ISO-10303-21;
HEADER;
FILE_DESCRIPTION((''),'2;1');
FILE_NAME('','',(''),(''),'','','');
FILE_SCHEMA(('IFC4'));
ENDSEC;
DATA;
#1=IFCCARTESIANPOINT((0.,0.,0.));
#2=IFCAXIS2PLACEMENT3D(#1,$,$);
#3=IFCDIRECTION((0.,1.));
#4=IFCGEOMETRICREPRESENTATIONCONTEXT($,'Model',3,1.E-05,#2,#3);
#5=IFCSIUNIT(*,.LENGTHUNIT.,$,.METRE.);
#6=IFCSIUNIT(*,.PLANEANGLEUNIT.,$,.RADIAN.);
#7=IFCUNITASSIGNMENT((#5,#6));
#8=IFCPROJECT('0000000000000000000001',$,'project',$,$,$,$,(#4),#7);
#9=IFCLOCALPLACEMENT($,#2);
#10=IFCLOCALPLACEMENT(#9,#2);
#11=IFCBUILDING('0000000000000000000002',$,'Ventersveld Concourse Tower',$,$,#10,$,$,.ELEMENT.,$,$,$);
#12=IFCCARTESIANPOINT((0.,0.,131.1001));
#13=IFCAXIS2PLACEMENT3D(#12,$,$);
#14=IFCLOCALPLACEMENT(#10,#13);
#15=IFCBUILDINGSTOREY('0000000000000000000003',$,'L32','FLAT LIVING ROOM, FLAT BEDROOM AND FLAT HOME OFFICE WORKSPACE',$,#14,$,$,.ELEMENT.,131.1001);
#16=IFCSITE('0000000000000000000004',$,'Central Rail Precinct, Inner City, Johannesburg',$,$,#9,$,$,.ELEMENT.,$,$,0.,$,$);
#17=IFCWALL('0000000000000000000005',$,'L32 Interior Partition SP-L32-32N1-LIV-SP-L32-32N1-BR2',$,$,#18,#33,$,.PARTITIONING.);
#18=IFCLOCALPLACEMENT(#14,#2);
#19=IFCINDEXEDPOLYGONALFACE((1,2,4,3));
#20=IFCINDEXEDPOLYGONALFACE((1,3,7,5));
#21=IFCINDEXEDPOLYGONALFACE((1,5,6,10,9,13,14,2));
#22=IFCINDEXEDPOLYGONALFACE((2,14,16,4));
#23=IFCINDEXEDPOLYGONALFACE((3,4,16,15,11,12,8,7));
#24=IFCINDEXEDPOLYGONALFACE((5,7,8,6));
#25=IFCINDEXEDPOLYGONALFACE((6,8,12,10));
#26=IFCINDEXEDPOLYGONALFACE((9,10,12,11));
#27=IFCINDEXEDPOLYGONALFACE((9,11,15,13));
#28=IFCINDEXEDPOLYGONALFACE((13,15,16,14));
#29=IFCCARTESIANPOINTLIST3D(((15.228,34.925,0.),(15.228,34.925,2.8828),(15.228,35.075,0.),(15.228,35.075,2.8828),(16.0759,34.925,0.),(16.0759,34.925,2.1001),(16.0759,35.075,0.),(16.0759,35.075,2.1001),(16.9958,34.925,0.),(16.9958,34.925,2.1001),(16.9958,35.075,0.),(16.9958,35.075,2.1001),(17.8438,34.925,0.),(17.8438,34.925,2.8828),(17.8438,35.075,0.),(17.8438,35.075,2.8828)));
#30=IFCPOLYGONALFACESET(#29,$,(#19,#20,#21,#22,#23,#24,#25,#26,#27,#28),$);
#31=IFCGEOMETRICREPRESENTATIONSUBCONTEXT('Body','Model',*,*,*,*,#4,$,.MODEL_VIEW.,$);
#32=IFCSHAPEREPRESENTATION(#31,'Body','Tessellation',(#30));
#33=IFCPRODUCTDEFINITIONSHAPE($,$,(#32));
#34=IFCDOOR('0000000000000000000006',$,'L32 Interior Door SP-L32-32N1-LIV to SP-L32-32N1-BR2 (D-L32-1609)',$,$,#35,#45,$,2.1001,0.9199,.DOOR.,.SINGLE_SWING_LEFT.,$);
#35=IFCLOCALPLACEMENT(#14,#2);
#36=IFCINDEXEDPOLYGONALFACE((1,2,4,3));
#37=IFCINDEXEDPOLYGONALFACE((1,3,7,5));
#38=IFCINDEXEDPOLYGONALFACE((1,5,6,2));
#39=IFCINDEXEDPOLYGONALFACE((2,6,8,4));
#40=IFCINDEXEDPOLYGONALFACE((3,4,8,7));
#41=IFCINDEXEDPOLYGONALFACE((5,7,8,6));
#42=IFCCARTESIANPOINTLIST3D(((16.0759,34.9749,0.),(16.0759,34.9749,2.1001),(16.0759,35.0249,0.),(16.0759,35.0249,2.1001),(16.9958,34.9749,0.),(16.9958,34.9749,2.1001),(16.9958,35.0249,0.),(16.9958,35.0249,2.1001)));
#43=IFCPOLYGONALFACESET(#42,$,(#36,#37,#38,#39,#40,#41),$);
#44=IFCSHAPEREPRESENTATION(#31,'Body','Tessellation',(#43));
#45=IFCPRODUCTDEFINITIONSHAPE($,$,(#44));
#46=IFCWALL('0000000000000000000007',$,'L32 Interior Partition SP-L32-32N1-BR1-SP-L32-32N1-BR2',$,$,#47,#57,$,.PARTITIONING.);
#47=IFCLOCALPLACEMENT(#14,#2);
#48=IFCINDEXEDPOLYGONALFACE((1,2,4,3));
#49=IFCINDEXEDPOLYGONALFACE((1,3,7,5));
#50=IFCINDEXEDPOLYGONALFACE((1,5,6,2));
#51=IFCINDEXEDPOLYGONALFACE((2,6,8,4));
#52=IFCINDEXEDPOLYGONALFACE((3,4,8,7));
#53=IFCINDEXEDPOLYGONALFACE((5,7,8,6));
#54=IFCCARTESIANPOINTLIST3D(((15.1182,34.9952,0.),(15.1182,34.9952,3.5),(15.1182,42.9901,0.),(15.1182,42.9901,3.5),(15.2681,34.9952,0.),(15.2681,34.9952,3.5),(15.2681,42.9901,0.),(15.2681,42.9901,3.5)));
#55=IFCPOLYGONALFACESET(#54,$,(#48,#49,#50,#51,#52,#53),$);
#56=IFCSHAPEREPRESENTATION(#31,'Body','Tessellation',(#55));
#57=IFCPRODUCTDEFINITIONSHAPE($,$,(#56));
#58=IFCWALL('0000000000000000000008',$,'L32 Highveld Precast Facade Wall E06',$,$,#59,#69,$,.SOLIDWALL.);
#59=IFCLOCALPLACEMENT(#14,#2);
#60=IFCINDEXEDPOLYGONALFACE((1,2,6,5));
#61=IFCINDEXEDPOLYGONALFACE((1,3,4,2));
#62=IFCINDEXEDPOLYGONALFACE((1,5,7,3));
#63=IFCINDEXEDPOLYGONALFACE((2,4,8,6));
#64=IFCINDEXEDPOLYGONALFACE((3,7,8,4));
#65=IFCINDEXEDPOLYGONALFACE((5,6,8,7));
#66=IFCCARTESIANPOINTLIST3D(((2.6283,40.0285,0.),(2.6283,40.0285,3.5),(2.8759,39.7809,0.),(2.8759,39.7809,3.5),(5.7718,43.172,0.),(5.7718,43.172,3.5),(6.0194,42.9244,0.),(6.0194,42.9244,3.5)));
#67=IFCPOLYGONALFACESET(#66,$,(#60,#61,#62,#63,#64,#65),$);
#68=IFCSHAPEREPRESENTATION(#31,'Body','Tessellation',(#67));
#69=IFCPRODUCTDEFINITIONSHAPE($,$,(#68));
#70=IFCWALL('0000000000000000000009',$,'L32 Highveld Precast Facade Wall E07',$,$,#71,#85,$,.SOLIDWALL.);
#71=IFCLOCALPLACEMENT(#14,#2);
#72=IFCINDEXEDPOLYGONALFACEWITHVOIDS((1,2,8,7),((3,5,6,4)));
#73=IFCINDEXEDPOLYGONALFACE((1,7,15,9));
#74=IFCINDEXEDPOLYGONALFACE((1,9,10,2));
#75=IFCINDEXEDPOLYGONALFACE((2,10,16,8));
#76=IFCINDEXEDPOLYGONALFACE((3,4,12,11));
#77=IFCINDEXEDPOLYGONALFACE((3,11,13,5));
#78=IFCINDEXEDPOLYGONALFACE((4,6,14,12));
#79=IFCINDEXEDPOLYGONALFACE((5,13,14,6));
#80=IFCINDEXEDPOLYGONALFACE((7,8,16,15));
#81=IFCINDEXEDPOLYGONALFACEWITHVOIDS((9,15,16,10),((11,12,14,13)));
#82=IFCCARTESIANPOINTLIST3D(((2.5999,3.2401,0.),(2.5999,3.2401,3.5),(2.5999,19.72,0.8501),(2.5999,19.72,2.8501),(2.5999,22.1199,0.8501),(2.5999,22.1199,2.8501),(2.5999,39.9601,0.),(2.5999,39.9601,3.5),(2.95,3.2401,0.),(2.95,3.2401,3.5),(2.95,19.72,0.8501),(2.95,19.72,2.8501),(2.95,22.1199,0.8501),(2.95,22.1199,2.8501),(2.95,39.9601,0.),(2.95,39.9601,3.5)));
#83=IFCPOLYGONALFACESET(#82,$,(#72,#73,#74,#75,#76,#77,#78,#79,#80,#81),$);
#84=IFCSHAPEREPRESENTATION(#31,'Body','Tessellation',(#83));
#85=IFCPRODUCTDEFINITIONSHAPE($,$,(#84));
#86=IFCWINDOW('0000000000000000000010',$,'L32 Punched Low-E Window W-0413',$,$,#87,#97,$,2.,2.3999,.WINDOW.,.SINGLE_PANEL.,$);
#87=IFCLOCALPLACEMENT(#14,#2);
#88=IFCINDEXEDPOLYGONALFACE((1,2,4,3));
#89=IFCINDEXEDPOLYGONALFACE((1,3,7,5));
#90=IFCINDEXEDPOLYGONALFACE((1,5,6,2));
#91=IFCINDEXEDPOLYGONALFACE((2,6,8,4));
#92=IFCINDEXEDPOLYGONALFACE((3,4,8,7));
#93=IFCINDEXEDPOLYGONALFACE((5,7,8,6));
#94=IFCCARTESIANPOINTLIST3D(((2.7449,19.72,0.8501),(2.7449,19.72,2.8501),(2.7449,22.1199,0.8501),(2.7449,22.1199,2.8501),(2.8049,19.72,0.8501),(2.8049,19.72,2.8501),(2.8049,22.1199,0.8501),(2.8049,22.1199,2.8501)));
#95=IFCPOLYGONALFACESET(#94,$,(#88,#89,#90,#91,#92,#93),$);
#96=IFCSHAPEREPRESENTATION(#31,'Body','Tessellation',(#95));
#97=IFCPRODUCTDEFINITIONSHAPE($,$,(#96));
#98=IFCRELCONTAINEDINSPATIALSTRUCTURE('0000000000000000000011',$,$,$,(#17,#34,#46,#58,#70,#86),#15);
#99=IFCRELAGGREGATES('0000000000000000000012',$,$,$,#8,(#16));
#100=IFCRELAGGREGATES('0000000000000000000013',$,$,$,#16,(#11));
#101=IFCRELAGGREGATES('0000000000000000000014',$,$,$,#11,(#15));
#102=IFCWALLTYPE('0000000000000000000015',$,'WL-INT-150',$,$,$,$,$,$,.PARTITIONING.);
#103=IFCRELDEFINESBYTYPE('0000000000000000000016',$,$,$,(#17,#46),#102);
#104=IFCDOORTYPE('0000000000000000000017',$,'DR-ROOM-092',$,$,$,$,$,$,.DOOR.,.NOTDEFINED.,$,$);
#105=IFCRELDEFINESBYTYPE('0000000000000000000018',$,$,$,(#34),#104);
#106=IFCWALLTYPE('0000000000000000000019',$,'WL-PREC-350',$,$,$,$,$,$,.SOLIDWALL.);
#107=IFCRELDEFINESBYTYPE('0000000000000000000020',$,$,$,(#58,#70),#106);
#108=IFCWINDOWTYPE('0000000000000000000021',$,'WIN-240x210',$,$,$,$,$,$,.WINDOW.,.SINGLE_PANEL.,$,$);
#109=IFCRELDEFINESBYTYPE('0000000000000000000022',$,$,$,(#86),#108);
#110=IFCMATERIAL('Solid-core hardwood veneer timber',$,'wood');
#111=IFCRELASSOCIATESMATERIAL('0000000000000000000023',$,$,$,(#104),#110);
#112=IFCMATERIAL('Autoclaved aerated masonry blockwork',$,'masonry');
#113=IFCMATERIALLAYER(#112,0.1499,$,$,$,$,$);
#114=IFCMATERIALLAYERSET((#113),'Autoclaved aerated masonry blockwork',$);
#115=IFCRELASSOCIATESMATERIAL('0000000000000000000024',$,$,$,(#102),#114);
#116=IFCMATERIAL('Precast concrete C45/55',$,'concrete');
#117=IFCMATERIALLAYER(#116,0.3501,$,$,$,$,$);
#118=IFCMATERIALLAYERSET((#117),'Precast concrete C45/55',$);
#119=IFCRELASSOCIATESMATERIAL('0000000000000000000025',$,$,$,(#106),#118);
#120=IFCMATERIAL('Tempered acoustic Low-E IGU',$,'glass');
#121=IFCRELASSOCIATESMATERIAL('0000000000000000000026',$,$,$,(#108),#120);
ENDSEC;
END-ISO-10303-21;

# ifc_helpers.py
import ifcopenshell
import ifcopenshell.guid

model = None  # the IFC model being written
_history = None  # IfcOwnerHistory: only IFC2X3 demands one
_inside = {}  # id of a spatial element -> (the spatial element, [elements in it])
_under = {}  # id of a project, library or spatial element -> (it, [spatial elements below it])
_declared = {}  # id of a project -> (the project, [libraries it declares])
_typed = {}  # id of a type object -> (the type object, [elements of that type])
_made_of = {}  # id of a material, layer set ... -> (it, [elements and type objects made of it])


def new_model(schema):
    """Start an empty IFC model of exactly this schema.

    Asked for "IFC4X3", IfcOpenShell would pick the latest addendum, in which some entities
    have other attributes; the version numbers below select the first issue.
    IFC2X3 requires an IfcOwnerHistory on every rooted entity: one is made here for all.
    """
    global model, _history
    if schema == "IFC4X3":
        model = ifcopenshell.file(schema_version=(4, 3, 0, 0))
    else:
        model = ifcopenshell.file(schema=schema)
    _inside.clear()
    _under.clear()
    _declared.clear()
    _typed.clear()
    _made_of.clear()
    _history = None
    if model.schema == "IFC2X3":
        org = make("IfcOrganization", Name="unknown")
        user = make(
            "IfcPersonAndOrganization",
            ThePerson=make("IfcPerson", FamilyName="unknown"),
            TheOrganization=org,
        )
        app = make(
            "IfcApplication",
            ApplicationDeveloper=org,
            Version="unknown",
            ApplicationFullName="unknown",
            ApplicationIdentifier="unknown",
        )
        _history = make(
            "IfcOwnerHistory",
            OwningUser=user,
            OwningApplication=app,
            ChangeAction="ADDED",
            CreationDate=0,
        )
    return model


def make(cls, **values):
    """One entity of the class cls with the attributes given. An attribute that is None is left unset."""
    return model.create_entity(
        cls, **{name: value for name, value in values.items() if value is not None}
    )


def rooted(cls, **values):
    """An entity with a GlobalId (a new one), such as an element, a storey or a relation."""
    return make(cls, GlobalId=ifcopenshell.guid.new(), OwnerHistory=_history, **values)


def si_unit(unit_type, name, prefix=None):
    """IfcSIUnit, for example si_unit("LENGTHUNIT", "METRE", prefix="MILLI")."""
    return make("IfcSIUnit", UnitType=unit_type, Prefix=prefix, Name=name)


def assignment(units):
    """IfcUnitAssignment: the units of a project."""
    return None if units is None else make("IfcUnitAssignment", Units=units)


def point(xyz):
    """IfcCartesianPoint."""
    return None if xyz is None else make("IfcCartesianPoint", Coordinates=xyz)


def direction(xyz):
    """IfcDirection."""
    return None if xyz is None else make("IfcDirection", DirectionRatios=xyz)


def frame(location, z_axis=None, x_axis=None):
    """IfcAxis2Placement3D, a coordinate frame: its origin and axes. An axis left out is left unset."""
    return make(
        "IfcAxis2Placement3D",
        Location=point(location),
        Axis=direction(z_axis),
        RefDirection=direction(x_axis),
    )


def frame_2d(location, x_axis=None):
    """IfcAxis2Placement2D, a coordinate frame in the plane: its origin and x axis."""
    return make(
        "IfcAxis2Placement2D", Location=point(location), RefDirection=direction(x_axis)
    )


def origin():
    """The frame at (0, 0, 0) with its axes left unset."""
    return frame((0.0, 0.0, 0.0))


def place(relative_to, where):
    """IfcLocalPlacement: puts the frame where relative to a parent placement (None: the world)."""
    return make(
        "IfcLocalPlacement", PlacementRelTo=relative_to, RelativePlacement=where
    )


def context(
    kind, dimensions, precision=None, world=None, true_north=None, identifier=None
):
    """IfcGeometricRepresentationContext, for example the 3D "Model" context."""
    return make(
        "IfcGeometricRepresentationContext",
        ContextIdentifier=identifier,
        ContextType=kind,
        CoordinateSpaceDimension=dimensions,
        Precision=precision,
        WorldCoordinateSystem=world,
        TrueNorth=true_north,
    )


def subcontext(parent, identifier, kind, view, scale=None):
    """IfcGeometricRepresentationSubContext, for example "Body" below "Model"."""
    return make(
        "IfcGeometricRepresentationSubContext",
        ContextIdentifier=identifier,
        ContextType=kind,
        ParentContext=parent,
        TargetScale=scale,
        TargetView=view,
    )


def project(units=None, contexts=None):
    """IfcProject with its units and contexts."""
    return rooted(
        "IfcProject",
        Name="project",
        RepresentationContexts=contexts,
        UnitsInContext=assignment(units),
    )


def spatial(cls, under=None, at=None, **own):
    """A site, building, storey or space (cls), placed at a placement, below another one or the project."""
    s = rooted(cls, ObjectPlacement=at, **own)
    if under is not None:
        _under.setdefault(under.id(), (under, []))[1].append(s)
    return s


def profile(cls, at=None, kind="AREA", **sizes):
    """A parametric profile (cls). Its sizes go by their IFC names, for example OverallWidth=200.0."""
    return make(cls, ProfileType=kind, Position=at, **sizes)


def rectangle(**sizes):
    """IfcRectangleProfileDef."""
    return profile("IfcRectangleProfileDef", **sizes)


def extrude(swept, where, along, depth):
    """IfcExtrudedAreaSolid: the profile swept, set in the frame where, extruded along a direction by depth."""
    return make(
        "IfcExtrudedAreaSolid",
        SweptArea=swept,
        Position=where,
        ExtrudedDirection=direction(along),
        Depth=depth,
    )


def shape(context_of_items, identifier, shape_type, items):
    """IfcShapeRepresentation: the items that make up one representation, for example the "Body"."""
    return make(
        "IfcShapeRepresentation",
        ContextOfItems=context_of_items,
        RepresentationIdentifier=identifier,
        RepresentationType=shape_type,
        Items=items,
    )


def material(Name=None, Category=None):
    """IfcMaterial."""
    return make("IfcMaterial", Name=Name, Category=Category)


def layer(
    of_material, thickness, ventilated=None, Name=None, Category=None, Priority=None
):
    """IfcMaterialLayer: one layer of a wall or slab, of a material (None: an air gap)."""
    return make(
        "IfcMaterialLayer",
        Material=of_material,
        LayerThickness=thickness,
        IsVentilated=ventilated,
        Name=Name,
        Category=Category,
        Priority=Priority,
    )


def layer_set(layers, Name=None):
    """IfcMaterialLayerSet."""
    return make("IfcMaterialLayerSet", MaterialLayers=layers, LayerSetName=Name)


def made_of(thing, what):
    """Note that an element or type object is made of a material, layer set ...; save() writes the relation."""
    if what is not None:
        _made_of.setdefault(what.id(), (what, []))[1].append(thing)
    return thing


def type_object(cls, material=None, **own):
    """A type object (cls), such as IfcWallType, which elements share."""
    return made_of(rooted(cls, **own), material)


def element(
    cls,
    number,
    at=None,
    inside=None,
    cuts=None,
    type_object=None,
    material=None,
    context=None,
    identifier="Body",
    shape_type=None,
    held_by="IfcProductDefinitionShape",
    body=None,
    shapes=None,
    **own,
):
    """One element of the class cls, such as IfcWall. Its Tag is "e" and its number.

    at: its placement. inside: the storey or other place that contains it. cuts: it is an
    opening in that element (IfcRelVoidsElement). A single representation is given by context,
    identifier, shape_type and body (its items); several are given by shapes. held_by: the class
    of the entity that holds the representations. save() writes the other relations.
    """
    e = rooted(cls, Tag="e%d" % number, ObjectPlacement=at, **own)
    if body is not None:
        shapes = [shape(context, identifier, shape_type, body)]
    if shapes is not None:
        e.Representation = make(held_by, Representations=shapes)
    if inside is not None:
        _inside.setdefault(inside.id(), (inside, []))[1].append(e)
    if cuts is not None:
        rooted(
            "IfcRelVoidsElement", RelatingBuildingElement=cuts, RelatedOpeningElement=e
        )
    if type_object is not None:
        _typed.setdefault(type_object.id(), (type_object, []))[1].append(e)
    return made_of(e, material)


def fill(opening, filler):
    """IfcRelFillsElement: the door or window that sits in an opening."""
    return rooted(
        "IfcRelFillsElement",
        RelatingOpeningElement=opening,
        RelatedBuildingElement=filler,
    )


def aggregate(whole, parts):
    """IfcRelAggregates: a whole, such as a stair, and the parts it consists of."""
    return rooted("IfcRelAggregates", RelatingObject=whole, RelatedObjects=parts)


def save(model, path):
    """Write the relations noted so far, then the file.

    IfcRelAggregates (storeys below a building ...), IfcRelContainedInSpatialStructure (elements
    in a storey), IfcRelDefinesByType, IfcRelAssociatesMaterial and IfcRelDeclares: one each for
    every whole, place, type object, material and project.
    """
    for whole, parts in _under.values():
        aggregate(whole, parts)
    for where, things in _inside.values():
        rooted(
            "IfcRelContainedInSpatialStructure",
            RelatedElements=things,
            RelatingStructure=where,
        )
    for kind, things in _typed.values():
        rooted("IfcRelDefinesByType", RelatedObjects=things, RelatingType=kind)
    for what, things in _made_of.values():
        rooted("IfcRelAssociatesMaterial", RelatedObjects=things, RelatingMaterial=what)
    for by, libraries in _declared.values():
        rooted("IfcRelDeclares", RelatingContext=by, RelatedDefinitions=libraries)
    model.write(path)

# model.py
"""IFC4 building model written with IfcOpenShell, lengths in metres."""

from ifc_helpers import new_model, si_unit, direction, frame, frame_2d, origin, place, context, subcontext, project, spatial, rectangle, extrude, material, layer, layer_set, type_object, element, fill, save


model = new_model("IFC4")

# Units and contexts
model_context = context("Model", 3, precision=1e-05, world=origin(), true_north=direction((0.0, 1.0)))
body_context = subcontext(model_context, "Body", "Model", "MODEL_VIEW")
ifc_project = project(units=[si_unit("LENGTHUNIT", "METRE"), si_unit("PLANEANGLEUNIT", "RADIAN")], contexts=[model_context])

# Site, building, storey
site_placement = place(None, origin())
site = spatial("IfcSite", under=ifc_project, at=site_placement, Name="Central Rail Precinct, Inner City, Johannesburg", CompositionType="ELEMENT", RefElevation=0.0)
building_placement = place(site_placement, origin())
building = spatial("IfcBuilding", under=site, at=building_placement, Name="Ventersveld Concourse Tower", CompositionType="ELEMENT")
storey_placement = place(building_placement, frame((0.0, 0.0, 131.1001)))
storey = spatial("IfcBuildingStorey", under=building, at=storey_placement, Name="L32", Description="FLAT LIVING ROOM, FLAT BEDROOM AND FLAT HOME OFFICE WORKSPACE", CompositionType="ELEMENT", Elevation=131.1001)

# Shared definitions
ifc_material_1 = material(Name="Solid-core hardwood veneer timber", Category="wood")
door_type = type_object("IfcDoorType", Name="DR-ROOM-092", OperationType="NOTDEFINED", PredefinedType="DOOR", material=ifc_material_1)

# Shared definitions
ifc_material_2 = material(Name="Autoclaved aerated masonry blockwork", Category="masonry")
ifc_layer_1 = layer(ifc_material_2, 0.1499)
ifc_layer_set_1 = layer_set([ifc_layer_1], Name="Autoclaved aerated masonry blockwork")
wall_type_1 = type_object("IfcWallType", Name="WL-INT-150", PredefinedType="PARTITIONING", material=ifc_layer_set_1)

# Wall, opening, door
wall_1_placement = place(storey_placement, frame((15.228, 35.0, 0.0), z_axis=(0.0, 0.0, 1.0), x_axis=(1.0, 0.0, 0.0)))
wall_1 = element("IfcWall", 1, at=wall_1_placement, inside=storey, type_object=wall_type_1, Name="L32 Interior Partition SP-L32-32N1-LIV-SP-L32-32N1-BR2", PredefinedType="PARTITIONING", context=body_context, shape_type="SweptSolid", body=[
    extrude(rectangle(XDim=2.6157, YDim=0.1499, at=frame_2d((1.3079, 0.0))), origin(), (0.0, 0.0, 1.0), 2.8828),
])
opening_1_placement = place(wall_1_placement, frame((0.8479, 0.0, 0.0)))
opening_1 = element("IfcOpeningElement", 2, at=opening_1_placement, cuts=wall_1, PredefinedType="OPENING", context=body_context, shape_type="SweptSolid", body=[
    extrude(rectangle(XDim=0.9199, YDim=2.1001, at=frame_2d((0.46, 1.05))), frame((0.0, 0.085, 0.0), z_axis=(0.0, -1.0, 0.0), x_axis=(1.0, 0.0, 0.0)), (0.0, 0.0, 1.0), 0.1699),
])
door_1_placement = place(opening_1_placement, origin())
door_1 = element("IfcDoor", 3, at=door_1_placement, inside=storey, type_object=door_type, Name="L32 Interior Door SP-L32-32N1-LIV to SP-L32-32N1-BR2 (D-L32-1609)", OperationType="SINGLE_SWING_LEFT", OverallHeight=2.1001, OverallWidth=0.9199, PredefinedType="DOOR", context=body_context, shape_type="SweptSolid", body=[
    extrude(rectangle(XDim=0.9199, YDim=2.1001, at=frame_2d((0.46, 1.05))), frame((0.0, 0.0249, 0.0), z_axis=(0.0, -1.0, 0.0), x_axis=(1.0, 0.0, 0.0)), (0.0, 0.0, 1.0), 0.05),
])
fill(opening_1, door_1)

# Walls
wall_2_placement = place(storey_placement, frame((15.1931, 34.9951, 0.0), z_axis=(0.0, 0.0, 1.0), x_axis=(0.0, 1.0, 0.0)))
element("IfcWall", 4, at=wall_2_placement, inside=storey, type_object=wall_type_1, Name="L32 Interior Partition SP-L32-32N1-BR1-SP-L32-32N1-BR2", PredefinedType="PARTITIONING", context=body_context, shape_type="SweptSolid", body=[
    extrude(rectangle(XDim=7.9949, YDim=0.1499, at=frame_2d((3.9976, 0.0))), origin(), (0.0, 0.0, 1.0), 3.5),
])
ifc_material_3 = material(Name="Precast concrete C45/55", Category="concrete")
ifc_layer_2 = layer(ifc_material_3, 0.3501)
ifc_layer_set_2 = layer_set([ifc_layer_2], Name="Precast concrete C45/55")
wall_type_2 = type_object("IfcWallType", Name="WL-PREC-350", PredefinedType="SOLIDWALL", material=ifc_layer_set_2)
wall_3_placement = place(storey_placement, frame((5.8955, 43.0481, 0.0), z_axis=(0.0, 0.0, 1.0), x_axis=(-0.707107, -0.707107, 0.0)))
element("IfcWall", 5, at=wall_3_placement, inside=storey, type_object=wall_type_2, Name="L32 Highveld Precast Facade Wall E06", PredefinedType="SOLIDWALL", context=body_context, shape_type="SweptSolid", body=[
    extrude(rectangle(XDim=4.4456, YDim=0.3501, at=frame_2d((2.2227, 0.0))), origin(), (0.0, 0.0, 1.0), 3.5),
])

# Wall, opening, window
wall_4_placement = place(storey_placement, frame((2.7749, 39.96, 0.0), z_axis=(0.0, 0.0, 1.0), x_axis=(0.0, -1.0, 0.0)))
wall_4 = element("IfcWall", 6, at=wall_4_placement, inside=storey, type_object=wall_type_2, Name="L32 Highveld Precast Facade Wall E07", PredefinedType="SOLIDWALL", context=body_context, shape_type="SweptSolid", body=[
    extrude(rectangle(XDim=36.72, YDim=0.3501, at=frame_2d((18.3599, 0.0))), origin(), (0.0, 0.0, 1.0), 3.5),
])
opening_2_placement = place(wall_4_placement, frame((17.8401, 0.0, 0.8501)))
opening_2 = element("IfcOpeningElement", 7, at=opening_2_placement, cuts=wall_4, PredefinedType="OPENING", context=body_context, shape_type="SweptSolid", body=[
    extrude(rectangle(XDim=2.3999, YDim=2.0, at=frame_2d((1.2, 1.0))), frame((0.0, 0.1851, 0.0), z_axis=(0.0, -1.0, 0.0), x_axis=(1.0, 0.0, 0.0)), (0.0, 0.0, 1.0), 0.3701),
])
ifc_material_4 = material(Name="Tempered acoustic Low-E IGU", Category="glass")
window_type = type_object("IfcWindowType", Name="WIN-240x210", PartitioningType="SINGLE_PANEL", PredefinedType="WINDOW", material=ifc_material_4)
window_placement = place(opening_2_placement, origin())
window = element("IfcWindow", 8, at=window_placement, inside=storey, type_object=window_type, Name="L32 Punched Low-E Window W-0413", OverallHeight=2.0, OverallWidth=2.3999, PartitioningType="SINGLE_PANEL", PredefinedType="WINDOW", context=body_context, shape_type="SweptSolid", body=[
    extrude(rectangle(XDim=2.3999, YDim=2.0, at=frame_2d((1.2, 1.0))), frame((0.0, 0.03, 0.0), z_axis=(0.0, -1.0, 0.0), x_axis=(1.0, 0.0, 0.0)), (0.0, 0.0, 1.0), 0.0601),
])
fill(opening_2, window)

save(model, "model.ifc")
